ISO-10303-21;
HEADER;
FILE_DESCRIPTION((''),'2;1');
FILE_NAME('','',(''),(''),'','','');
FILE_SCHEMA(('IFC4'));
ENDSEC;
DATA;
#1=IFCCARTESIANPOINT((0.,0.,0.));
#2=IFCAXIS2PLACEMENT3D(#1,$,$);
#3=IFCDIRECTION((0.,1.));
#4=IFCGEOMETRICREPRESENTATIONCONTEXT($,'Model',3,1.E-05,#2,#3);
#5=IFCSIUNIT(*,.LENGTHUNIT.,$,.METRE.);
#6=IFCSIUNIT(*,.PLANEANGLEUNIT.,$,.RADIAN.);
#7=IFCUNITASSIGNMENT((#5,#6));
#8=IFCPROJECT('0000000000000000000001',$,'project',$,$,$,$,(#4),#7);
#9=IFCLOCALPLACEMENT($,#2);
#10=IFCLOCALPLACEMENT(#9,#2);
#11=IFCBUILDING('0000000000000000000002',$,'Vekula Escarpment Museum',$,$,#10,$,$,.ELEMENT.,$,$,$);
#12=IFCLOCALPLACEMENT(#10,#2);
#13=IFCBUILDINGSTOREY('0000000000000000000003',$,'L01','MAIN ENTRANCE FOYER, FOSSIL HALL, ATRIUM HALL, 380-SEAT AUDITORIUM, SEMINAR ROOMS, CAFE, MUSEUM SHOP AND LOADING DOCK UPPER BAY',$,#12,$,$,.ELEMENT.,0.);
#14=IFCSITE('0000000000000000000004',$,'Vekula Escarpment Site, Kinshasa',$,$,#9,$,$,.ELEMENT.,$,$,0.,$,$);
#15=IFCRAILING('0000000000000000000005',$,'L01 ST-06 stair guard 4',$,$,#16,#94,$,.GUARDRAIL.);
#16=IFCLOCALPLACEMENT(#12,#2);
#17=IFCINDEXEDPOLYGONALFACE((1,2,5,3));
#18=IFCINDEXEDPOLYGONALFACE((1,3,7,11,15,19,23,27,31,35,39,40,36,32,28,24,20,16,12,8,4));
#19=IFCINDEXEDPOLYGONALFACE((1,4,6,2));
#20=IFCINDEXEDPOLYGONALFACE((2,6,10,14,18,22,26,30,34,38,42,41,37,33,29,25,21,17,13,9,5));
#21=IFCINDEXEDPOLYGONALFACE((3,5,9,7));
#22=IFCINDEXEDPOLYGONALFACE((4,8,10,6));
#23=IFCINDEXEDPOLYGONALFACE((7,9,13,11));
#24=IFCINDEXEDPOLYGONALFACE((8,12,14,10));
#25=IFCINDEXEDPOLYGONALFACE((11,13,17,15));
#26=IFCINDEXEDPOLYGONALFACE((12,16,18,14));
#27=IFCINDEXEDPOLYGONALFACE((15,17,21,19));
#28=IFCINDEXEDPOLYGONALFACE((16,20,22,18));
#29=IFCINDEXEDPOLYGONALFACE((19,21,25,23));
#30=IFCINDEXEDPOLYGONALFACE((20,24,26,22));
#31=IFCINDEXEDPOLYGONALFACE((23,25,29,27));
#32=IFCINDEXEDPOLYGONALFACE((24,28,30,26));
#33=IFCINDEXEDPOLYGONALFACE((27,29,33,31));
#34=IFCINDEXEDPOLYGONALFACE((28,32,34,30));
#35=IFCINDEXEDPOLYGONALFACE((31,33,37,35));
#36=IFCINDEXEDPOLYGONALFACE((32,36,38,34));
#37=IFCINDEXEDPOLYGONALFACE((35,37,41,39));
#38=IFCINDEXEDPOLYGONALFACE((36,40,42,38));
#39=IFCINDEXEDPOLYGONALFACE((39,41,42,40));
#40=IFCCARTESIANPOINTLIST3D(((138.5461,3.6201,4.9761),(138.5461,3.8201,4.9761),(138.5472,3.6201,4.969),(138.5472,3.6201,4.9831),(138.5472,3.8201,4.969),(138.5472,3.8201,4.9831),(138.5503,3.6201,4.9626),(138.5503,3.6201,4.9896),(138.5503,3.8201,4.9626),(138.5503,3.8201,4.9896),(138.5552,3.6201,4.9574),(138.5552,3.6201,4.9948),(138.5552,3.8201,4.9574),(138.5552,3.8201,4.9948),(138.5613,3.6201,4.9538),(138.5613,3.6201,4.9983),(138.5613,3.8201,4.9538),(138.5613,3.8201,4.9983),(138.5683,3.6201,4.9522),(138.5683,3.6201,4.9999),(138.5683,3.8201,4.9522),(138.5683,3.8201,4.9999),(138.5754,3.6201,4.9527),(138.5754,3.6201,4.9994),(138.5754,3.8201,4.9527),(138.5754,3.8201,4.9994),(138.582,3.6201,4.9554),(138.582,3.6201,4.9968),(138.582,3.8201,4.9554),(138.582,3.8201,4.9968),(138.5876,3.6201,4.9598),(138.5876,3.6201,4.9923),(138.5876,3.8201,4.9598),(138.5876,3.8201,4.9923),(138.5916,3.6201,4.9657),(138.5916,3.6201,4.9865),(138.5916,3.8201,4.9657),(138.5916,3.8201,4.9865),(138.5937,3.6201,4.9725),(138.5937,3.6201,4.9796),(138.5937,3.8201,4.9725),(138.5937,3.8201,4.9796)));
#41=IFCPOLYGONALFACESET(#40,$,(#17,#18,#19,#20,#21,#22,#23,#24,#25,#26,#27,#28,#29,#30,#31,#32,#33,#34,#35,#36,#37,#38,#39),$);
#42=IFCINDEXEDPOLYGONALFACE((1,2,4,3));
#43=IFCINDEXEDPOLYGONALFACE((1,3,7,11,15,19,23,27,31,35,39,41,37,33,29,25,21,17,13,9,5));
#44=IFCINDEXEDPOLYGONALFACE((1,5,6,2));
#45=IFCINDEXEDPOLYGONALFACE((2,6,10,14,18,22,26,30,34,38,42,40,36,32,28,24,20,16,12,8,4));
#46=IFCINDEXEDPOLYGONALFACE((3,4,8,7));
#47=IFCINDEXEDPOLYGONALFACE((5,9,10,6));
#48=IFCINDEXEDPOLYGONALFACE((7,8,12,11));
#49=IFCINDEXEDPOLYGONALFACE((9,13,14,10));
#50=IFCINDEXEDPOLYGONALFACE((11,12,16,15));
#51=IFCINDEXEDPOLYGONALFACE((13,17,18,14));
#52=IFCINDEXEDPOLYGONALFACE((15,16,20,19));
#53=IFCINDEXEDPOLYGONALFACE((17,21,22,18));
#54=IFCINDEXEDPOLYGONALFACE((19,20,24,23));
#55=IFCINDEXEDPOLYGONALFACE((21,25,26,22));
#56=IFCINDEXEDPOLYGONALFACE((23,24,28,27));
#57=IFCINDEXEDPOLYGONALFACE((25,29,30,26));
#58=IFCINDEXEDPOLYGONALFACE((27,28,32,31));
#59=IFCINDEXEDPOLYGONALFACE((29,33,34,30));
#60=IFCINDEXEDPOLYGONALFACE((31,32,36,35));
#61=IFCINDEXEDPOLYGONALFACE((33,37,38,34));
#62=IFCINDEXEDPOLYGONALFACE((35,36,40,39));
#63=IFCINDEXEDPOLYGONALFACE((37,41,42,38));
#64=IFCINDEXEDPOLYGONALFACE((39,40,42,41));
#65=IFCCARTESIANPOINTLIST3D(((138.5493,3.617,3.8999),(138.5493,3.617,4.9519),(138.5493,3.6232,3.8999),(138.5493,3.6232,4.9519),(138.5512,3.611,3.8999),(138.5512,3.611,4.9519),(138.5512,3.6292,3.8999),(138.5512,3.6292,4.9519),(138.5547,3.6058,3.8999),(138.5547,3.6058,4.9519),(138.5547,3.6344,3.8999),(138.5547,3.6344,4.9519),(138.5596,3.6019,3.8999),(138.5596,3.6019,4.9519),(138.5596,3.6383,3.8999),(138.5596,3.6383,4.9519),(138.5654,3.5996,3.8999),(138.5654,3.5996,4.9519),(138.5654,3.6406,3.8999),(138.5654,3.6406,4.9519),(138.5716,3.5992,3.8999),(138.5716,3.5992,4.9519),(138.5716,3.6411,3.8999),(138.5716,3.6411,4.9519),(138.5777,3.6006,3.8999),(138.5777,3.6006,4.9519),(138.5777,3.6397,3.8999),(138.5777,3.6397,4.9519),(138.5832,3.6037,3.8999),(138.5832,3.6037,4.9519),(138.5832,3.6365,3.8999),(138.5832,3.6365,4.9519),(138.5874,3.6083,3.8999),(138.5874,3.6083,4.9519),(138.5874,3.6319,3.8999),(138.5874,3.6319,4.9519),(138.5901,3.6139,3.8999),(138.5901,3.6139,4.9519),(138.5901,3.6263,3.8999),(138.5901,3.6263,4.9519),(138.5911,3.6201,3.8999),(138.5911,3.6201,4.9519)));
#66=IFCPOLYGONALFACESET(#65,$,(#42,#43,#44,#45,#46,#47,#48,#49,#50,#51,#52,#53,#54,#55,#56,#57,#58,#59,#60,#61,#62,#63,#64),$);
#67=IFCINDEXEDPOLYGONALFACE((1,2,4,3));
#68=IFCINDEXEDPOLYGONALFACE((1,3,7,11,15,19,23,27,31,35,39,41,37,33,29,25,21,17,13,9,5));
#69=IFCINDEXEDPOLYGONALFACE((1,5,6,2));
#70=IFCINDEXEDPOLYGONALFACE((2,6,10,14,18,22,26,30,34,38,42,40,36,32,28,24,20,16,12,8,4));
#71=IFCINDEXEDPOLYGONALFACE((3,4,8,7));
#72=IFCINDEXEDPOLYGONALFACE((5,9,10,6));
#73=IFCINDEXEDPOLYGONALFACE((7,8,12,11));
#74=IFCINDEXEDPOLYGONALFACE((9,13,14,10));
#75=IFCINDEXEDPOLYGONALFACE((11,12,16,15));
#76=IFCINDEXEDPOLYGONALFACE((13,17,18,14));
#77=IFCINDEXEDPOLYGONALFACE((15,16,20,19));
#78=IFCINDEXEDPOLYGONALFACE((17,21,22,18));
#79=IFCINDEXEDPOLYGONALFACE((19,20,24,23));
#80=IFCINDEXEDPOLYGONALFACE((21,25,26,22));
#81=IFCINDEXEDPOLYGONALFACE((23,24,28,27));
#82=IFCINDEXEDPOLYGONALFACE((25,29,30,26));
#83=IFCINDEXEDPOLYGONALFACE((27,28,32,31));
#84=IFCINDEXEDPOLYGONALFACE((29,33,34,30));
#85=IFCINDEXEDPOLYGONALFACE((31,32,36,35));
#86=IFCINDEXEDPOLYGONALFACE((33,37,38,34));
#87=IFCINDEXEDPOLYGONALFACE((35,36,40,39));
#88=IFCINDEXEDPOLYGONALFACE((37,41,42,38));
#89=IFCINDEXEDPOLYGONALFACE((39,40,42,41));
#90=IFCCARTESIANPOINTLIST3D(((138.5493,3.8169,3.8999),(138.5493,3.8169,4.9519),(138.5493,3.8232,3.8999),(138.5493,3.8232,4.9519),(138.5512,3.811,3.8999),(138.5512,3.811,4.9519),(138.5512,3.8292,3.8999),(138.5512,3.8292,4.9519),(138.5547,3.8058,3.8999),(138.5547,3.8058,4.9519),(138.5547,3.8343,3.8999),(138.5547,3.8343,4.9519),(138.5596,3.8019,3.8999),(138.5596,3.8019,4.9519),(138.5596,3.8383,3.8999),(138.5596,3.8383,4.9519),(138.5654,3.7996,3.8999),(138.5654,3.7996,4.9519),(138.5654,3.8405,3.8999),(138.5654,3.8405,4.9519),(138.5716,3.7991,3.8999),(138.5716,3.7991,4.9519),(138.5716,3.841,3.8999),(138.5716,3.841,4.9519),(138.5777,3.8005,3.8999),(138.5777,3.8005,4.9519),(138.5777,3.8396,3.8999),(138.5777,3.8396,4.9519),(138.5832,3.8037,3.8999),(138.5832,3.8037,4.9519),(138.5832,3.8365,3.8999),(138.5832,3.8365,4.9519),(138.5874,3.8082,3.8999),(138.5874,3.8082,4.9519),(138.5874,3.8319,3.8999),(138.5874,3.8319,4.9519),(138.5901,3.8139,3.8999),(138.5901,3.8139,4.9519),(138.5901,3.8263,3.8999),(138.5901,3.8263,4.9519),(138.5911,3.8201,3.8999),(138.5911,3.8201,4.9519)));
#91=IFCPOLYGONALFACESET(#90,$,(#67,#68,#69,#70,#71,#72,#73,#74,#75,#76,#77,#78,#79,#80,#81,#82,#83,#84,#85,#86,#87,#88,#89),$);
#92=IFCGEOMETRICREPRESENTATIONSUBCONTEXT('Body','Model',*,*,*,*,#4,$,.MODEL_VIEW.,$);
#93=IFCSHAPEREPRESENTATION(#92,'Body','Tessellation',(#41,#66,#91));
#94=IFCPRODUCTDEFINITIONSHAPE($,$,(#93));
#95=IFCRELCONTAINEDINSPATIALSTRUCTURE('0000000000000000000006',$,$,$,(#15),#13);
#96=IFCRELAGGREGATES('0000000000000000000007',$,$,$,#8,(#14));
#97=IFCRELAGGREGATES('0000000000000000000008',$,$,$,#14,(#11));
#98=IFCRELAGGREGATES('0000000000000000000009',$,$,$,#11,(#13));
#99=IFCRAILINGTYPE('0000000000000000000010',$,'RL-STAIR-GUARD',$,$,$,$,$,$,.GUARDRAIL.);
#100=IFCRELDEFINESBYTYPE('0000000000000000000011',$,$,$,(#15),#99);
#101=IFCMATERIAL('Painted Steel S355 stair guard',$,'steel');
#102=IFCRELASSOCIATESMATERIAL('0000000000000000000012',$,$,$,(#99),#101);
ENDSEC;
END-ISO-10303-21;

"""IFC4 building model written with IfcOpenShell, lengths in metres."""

from ifc_helpers import new_model, si_unit, direction, frame, origin, origin_2d, place, context, subcontext, project, spatial, circle, extrude, material, type_object, element, save


model = new_model("IFC4")

# Units and contexts
model_context = context("Model", 3, precision=1e-05, world=origin(), true_north=direction((0.0, 1.0)))
body_context = subcontext(model_context, "Body", "Model", "MODEL_VIEW")
ifc_project = project(units=[si_unit("LENGTHUNIT", "METRE"), si_unit("PLANEANGLEUNIT", "RADIAN")], contexts=[model_context])

# Site, building, storey
site_placement = place(None, origin())
site = spatial("IfcSite", under=ifc_project, at=site_placement, Name="Vekula Escarpment Site, Kinshasa", CompositionType="ELEMENT", RefElevation=0.0)
building_placement = place(site_placement, origin())
building = spatial("IfcBuilding", under=site, at=building_placement, Name="Vekula Escarpment Museum", CompositionType="ELEMENT")
storey_placement = place(building_placement, origin())
storey = spatial("IfcBuildingStorey", under=building, at=storey_placement, Name="L01", Description="MAIN ENTRANCE FOYER, FOSSIL HALL, ATRIUM HALL, 380-SEAT AUDITORIUM, SEMINAR ROOMS, CAFE, MUSEUM SHOP AND LOADING DOCK UPPER BAY", CompositionType="ELEMENT", Elevation=0.0)

# Railing
ifc_material_1 = material(Name="Painted Steel S355 stair guard", Category="steel")
railing_type_1 = type_object("IfcRailingType", Name="RL-STAIR-GUARD", PredefinedType="GUARDRAIL", material=ifc_material_1)
railing_1_placement = place(storey_placement, frame((138.5701, 3.6201, 3.8999)))
element("IfcRailing", 1, at=railing_1_placement, inside=storey, type_object=railing_type_1, Name="L01 ST-06 stair guard 4", PredefinedType="GUARDRAIL", context=body_context, shape_type="SweptSolid", body=[
    extrude(circle(Radius=0.0239, at=origin_2d()), frame((0.0, 0.0, 1.0762), z_axis=(0.0, 1.0, 0.0), x_axis=(-1.0, 0.0, 0.0)), (0.0, 0.0, 1.0), 0.2),
    extrude(circle(Radius=0.021, at=origin_2d()), origin(), (0.0, 0.0, 1.0), 1.052),
    extrude(circle(Radius=0.021, at=origin_2d()), frame((0.0, 0.2, 0.0)), (0.0, 0.0, 1.0), 1.052),
])

save(model, "model.ifc")
